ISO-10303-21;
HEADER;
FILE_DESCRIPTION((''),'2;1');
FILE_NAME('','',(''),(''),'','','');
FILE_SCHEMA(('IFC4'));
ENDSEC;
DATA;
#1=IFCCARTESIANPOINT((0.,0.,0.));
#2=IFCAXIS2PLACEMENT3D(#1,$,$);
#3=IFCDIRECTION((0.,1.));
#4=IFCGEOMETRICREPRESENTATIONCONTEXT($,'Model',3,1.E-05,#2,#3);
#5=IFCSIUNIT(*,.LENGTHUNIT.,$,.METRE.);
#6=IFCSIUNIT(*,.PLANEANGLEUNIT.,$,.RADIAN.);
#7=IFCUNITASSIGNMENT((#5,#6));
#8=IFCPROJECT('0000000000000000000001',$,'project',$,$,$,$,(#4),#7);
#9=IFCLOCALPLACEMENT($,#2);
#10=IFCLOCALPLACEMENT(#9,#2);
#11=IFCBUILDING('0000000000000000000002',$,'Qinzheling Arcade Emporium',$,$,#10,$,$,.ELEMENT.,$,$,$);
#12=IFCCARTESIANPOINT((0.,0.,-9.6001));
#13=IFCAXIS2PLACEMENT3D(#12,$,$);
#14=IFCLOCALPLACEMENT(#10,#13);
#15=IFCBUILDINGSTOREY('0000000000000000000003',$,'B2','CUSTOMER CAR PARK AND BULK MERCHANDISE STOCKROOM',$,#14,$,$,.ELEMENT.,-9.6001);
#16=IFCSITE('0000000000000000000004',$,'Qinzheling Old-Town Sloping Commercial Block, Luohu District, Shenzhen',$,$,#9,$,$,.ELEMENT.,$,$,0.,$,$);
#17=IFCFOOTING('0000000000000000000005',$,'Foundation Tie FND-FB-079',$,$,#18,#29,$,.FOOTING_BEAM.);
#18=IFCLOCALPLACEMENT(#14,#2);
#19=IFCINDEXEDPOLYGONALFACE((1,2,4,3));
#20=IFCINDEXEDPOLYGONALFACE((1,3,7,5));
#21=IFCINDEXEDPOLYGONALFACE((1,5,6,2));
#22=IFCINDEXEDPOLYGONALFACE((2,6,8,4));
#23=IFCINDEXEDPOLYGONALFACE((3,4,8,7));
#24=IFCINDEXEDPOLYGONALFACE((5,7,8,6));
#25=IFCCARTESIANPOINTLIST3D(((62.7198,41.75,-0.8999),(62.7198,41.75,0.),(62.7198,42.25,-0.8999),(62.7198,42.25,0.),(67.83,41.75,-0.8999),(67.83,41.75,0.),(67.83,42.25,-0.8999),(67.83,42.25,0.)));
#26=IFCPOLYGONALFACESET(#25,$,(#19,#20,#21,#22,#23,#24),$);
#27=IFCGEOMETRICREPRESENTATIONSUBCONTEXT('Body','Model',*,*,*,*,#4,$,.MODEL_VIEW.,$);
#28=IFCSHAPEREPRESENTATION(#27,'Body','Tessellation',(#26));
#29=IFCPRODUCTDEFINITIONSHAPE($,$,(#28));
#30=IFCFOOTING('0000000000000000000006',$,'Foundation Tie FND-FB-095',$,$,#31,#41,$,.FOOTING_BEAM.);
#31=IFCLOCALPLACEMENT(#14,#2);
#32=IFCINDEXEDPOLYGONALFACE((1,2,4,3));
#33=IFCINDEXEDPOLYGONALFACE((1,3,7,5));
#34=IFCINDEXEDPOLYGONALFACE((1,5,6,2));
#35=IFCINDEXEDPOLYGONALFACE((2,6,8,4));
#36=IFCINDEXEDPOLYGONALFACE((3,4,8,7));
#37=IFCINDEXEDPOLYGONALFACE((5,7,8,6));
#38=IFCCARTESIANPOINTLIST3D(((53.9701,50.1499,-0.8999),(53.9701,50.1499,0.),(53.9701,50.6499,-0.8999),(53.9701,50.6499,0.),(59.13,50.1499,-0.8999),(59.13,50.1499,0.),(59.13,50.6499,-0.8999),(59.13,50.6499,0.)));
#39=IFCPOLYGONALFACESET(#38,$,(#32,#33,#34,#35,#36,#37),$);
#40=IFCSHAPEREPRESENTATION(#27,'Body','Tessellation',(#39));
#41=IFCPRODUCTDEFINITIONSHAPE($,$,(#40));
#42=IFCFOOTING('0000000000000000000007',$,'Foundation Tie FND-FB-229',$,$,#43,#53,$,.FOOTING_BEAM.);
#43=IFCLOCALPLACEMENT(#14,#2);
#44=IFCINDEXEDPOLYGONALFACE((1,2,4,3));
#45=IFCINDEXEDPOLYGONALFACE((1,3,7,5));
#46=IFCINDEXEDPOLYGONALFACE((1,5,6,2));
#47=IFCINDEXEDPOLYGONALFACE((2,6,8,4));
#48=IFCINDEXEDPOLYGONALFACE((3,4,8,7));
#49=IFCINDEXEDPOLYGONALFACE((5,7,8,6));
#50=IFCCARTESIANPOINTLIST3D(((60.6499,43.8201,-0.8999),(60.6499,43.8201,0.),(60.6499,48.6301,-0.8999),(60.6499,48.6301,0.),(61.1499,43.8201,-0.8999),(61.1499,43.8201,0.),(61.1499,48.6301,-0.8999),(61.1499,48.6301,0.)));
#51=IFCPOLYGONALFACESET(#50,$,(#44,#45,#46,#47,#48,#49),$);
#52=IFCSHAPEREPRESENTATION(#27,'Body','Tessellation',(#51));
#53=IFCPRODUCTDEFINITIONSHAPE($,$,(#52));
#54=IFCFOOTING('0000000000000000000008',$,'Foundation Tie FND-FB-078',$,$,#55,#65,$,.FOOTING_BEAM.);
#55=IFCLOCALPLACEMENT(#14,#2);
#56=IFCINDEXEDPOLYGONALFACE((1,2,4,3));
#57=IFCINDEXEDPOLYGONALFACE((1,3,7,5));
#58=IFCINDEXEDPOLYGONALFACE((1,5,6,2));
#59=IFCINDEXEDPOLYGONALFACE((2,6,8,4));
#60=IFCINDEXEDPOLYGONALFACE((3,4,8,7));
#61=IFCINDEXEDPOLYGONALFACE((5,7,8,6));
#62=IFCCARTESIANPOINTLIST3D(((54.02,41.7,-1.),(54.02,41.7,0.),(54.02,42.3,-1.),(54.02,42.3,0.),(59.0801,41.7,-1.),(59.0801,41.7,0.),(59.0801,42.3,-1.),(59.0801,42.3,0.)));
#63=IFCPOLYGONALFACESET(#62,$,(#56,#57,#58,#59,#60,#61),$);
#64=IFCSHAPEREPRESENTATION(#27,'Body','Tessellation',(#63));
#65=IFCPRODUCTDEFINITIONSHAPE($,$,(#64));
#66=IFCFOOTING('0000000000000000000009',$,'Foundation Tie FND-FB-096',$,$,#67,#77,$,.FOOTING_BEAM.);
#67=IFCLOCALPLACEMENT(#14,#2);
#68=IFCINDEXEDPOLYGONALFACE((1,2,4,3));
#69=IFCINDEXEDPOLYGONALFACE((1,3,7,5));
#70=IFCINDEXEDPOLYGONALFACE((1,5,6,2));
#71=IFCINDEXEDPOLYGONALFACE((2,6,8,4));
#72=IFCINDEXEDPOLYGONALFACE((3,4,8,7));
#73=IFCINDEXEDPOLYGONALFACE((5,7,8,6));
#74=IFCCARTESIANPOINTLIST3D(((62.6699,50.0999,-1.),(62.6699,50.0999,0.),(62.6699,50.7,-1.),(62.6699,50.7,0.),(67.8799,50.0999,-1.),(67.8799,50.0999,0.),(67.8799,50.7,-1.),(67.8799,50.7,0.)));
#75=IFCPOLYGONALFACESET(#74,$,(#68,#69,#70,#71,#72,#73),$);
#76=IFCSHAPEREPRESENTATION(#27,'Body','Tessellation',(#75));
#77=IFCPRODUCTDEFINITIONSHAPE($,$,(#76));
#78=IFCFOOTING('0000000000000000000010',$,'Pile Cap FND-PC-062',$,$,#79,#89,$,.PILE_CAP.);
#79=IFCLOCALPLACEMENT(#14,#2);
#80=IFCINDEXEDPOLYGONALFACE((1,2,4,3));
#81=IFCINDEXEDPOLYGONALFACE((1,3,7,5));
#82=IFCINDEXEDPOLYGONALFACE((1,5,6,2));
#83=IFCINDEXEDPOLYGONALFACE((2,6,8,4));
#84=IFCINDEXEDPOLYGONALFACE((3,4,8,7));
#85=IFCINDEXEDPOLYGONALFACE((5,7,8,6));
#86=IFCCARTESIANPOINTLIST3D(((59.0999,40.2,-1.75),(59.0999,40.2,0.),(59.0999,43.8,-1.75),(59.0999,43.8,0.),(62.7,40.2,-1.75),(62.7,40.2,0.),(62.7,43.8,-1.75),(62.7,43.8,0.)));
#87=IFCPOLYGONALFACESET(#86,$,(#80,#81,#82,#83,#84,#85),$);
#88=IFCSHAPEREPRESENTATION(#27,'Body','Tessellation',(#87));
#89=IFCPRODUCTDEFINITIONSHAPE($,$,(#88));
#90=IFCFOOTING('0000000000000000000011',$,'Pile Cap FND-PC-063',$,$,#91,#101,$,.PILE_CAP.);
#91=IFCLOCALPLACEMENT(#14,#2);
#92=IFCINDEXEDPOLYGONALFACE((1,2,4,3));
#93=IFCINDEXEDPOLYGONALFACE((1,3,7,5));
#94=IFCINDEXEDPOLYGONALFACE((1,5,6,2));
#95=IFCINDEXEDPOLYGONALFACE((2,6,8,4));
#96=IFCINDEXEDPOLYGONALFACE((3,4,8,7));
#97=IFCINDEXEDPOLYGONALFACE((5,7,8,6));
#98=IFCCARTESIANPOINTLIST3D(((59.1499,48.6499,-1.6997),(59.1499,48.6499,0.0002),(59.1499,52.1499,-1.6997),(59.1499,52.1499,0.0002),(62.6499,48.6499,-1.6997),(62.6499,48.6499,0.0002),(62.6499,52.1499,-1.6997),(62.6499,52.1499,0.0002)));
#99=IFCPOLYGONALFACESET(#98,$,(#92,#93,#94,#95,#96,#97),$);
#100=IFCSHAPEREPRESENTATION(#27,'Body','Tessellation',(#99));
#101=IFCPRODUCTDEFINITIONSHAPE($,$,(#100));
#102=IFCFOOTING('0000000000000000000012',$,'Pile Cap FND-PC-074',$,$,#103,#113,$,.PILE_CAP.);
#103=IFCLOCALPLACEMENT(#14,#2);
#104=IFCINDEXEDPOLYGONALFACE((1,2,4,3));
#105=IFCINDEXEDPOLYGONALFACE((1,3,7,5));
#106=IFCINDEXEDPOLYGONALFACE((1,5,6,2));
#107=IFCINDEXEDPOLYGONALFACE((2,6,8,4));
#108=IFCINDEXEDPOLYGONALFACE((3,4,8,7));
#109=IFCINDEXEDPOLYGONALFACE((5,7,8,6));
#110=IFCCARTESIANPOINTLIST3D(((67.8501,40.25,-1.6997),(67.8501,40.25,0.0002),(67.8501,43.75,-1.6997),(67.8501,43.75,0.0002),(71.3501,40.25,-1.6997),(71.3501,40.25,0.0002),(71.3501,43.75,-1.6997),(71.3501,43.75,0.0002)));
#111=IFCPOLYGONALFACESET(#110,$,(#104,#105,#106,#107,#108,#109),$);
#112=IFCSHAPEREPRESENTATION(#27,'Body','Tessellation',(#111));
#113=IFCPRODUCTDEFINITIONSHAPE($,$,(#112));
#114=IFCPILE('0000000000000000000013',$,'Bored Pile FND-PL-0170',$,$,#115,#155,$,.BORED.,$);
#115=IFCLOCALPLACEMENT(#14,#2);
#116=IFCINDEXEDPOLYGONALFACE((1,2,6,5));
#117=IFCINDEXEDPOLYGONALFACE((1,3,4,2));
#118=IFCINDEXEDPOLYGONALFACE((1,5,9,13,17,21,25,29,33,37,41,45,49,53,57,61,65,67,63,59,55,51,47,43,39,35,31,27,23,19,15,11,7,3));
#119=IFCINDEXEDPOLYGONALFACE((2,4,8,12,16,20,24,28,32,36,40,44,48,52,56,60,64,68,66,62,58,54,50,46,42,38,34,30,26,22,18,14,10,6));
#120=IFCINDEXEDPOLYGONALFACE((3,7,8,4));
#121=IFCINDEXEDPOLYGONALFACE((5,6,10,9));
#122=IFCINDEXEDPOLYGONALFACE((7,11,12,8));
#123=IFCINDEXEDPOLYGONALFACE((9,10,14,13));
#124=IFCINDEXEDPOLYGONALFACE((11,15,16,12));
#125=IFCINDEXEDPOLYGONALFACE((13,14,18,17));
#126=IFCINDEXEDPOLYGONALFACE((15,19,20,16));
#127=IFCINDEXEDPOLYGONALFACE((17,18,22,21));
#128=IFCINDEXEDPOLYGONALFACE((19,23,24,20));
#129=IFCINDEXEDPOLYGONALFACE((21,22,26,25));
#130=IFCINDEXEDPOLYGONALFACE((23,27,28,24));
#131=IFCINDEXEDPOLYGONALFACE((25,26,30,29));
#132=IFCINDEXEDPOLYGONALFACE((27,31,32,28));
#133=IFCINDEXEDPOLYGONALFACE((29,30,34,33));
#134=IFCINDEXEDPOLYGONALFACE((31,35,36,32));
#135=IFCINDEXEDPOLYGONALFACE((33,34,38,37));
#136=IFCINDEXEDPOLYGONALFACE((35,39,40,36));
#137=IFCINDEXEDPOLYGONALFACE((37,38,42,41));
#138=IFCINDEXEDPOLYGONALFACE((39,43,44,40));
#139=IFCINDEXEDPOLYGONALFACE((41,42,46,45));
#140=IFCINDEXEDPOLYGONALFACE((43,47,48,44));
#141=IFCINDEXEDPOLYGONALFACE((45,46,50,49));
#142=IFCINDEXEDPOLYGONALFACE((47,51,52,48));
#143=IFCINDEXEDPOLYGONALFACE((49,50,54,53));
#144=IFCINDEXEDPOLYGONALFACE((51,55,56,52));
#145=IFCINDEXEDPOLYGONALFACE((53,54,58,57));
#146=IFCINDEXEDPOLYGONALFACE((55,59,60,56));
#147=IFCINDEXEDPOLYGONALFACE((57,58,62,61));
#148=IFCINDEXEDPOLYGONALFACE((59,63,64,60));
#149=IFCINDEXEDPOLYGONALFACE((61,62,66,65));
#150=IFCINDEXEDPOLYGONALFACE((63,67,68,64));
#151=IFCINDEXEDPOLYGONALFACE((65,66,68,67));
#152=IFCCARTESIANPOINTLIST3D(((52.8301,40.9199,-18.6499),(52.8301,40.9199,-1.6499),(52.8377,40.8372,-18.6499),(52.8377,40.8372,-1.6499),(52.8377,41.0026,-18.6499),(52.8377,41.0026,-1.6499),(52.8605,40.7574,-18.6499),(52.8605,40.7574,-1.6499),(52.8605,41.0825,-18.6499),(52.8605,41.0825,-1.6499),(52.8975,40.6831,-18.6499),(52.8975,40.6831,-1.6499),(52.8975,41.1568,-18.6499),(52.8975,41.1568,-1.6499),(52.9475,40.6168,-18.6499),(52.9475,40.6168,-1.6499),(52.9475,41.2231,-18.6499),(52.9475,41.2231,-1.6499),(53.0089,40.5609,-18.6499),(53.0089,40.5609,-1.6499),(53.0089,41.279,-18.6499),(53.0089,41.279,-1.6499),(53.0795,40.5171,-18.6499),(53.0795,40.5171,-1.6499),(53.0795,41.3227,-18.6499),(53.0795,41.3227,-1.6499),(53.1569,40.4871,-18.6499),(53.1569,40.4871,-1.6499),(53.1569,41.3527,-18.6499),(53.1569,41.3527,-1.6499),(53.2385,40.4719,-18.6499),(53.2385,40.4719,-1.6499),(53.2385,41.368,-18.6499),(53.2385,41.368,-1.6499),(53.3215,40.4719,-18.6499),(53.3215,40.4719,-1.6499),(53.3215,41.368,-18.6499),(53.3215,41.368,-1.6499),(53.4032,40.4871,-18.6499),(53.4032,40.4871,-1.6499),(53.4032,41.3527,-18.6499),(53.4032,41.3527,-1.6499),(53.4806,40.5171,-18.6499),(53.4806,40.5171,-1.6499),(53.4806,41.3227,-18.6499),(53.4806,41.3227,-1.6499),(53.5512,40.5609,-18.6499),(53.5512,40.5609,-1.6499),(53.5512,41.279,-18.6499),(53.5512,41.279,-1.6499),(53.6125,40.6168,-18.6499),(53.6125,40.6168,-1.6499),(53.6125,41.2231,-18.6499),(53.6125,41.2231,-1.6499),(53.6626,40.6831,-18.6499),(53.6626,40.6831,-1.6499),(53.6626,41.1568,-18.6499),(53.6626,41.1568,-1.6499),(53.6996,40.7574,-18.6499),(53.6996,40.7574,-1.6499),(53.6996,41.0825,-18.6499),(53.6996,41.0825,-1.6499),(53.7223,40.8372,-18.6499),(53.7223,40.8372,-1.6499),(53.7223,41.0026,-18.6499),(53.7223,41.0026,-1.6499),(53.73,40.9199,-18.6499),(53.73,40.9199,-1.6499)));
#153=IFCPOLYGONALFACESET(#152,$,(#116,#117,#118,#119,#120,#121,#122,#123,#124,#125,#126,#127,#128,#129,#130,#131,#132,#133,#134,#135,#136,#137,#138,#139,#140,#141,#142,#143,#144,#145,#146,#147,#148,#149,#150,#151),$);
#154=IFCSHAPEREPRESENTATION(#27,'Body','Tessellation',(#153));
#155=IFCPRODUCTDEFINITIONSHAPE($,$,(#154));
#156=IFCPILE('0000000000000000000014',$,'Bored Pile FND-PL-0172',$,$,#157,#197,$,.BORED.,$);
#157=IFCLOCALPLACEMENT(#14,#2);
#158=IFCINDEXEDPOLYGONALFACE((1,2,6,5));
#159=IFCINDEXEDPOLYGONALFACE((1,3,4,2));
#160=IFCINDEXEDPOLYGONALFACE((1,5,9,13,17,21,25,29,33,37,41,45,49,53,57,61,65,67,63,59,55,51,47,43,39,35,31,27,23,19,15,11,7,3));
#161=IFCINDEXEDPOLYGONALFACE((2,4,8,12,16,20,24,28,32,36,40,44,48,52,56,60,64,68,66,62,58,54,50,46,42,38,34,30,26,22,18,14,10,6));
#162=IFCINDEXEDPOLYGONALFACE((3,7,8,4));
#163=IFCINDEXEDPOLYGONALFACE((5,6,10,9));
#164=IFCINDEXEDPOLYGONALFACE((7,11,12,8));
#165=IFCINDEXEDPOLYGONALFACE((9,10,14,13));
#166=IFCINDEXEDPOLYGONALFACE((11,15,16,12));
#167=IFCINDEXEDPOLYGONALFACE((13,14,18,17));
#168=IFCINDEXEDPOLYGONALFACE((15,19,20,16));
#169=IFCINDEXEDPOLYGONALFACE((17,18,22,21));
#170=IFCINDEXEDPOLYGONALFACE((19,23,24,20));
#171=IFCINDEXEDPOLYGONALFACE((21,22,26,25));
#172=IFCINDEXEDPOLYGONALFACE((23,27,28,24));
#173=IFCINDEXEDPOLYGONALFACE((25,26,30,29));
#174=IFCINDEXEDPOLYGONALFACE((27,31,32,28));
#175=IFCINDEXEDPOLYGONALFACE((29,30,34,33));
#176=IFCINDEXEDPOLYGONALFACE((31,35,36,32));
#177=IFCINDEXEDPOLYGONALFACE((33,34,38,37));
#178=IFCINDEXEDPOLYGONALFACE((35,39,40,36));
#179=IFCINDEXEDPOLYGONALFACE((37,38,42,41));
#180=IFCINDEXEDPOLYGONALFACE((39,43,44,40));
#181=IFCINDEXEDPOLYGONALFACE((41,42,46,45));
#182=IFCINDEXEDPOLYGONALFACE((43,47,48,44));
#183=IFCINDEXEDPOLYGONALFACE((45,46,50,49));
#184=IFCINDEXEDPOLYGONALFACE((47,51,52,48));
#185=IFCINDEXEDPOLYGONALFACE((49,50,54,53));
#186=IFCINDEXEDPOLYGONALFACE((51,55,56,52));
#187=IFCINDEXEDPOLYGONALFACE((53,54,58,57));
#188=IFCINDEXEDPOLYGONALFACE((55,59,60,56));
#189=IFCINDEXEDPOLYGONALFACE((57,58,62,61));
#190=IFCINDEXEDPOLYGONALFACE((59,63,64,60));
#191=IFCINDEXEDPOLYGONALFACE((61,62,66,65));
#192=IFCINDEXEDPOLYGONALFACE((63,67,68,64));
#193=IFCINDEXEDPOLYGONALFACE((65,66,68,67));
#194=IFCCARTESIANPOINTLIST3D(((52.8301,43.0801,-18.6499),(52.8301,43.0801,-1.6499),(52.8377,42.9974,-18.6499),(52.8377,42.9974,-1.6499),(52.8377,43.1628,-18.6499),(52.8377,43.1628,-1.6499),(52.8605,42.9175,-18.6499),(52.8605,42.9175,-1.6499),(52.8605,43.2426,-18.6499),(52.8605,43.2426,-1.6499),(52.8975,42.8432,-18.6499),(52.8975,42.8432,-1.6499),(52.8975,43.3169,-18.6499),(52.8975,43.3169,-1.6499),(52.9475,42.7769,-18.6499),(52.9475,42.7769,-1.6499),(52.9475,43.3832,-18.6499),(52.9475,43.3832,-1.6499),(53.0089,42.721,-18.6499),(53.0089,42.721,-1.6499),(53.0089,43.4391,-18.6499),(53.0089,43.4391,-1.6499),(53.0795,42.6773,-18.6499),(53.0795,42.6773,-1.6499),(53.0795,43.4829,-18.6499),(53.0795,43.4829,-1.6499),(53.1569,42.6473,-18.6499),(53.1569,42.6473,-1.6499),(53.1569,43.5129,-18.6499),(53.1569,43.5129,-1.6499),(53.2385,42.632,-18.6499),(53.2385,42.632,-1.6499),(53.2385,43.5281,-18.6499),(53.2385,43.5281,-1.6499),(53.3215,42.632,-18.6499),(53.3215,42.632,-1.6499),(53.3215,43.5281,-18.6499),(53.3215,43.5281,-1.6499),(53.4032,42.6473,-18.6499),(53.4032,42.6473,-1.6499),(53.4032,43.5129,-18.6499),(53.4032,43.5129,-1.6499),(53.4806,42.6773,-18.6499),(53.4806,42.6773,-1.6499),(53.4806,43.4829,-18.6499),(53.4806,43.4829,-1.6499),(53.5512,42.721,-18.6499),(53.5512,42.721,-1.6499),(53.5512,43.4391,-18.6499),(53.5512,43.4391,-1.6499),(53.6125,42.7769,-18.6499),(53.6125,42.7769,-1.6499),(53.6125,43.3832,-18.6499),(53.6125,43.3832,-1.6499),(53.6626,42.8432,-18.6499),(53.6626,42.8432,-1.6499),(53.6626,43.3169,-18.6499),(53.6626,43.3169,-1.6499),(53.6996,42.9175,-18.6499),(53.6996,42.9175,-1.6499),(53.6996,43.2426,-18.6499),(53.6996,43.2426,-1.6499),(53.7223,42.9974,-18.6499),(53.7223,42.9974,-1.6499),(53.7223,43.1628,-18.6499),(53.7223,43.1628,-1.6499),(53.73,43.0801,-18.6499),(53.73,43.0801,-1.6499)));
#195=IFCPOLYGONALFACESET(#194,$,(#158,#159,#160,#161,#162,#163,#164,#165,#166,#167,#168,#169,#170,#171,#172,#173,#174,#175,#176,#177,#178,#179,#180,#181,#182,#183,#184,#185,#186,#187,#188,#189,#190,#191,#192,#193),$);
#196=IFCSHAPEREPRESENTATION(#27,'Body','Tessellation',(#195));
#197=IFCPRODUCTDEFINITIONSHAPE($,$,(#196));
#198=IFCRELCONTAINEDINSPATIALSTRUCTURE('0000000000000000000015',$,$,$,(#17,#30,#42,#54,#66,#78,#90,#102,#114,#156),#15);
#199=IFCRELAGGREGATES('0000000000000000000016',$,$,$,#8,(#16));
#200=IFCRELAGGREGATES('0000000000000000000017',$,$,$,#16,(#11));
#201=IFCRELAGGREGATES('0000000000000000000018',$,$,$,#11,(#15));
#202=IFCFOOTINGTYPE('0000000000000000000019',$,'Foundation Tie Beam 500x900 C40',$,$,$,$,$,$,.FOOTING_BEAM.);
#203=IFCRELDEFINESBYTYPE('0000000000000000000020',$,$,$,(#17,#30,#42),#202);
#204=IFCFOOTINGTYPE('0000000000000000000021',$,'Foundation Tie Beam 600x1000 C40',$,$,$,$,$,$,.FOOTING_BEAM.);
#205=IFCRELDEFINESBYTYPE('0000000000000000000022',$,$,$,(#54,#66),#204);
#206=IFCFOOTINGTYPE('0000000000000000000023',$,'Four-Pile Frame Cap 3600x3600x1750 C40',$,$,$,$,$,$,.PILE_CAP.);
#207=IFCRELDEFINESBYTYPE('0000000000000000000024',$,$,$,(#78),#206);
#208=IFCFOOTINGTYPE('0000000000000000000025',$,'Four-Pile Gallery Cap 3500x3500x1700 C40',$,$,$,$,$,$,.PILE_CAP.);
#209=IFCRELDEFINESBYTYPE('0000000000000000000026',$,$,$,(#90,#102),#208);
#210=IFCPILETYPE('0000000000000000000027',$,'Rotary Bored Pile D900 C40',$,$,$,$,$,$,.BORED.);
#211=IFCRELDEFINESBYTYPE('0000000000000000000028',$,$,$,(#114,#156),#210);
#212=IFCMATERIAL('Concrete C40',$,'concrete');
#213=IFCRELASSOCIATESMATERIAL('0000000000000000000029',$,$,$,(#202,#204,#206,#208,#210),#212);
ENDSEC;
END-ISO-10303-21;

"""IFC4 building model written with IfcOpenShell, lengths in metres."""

from ifc_helpers import new_model, si_unit, direction, frame, origin, origin_2d, place, context, subcontext, project, spatial, rectangle, circle, extrude, material, material_profile, profile_set, type_object, element, save


model = new_model("IFC4")

# Units and contexts
model_context = context("Model", 3, precision=1e-05, world=origin(), true_north=direction((0.0, 1.0)))
body_context = subcontext(model_context, "Body", "Model", "MODEL_VIEW")
ifc_project = project(units=[si_unit("LENGTHUNIT", "METRE"), si_unit("PLANEANGLEUNIT", "RADIAN")], contexts=[model_context])

# Site, building, storey
site_placement = place(None, origin())
site = spatial("IfcSite", under=ifc_project, at=site_placement, Name="Qinzheling Old-Town Sloping Commercial Block, Luohu District, Shenzhen", CompositionType="ELEMENT", RefElevation=0.0)
building_placement = place(site_placement, origin())
building = spatial("IfcBuilding", under=site, at=building_placement, Name="Qinzheling Arcade Emporium", CompositionType="ELEMENT")
storey_placement = place(building_placement, frame((0.0, 0.0, -9.6001)))
storey = spatial("IfcBuildingStorey", under=building, at=storey_placement, Name="B2", Description="CUSTOMER CAR PARK AND BULK MERCHANDISE STOCKROOM", CompositionType="ELEMENT", Elevation=-9.6001)

# Footings
ifc_material_1 = material(Name="Concrete C40", Category="concrete")
footing_type_1 = type_object("IfcFootingType", Name="Foundation Tie Beam 500x900 C40", PredefinedType="FOOTING_BEAM", material=ifc_material_1)
footing_1_placement = place(storey_placement, frame((65.2749, 42.0, -0.8999), z_axis=(0.0, 0.0, 1.0), x_axis=(1.0, 0.0, 0.0)))
element("IfcFooting", 1, at=footing_1_placement, inside=storey, type_object=footing_type_1, Name="Foundation Tie FND-FB-079", PredefinedType="FOOTING_BEAM", context=body_context, shape_type="SweptSolid", body=[
    extrude(rectangle(XDim=5.1101, YDim=0.5, at=origin_2d()), origin(), (0.0, 0.0, 1.0), 0.8999),
])
footing_2_placement = place(storey_placement, frame((56.55, 50.3999, -0.8999), z_axis=(0.0, 0.0, 1.0), x_axis=(1.0, 0.0, 0.0)))
element("IfcFooting", 2, at=footing_2_placement, inside=storey, type_object=footing_type_1, Name="Foundation Tie FND-FB-095", PredefinedType="FOOTING_BEAM", context=body_context, shape_type="SweptSolid", body=[
    extrude(rectangle(XDim=5.1599, YDim=0.5, at=origin_2d()), origin(), (0.0, 0.0, 1.0), 0.8999),
])
footing_3_placement = place(storey_placement, frame((60.8999, 46.2251, -0.8999), z_axis=(0.0, 0.0, 1.0), x_axis=(1.0, 0.0, 0.0)))
element("IfcFooting", 3, at=footing_3_placement, inside=storey, type_object=footing_type_1, Name="Foundation Tie FND-FB-229", PredefinedType="FOOTING_BEAM", context=body_context, shape_type="SweptSolid", body=[
    extrude(rectangle(XDim=0.5, YDim=4.8101, at=origin_2d()), origin(), (0.0, 0.0, 1.0), 0.8999),
])
footing_type_2 = type_object("IfcFootingType", Name="Foundation Tie Beam 600x1000 C40", PredefinedType="FOOTING_BEAM", material=ifc_material_1)
footing_4_placement = place(storey_placement, frame((56.55, 42.0, -1.0), z_axis=(0.0, 0.0, 1.0), x_axis=(1.0, 0.0, 0.0)))
element("IfcFooting", 4, at=footing_4_placement, inside=storey, type_object=footing_type_2, Name="Foundation Tie FND-FB-078", PredefinedType="FOOTING_BEAM", context=body_context, shape_type="SweptSolid", body=[
    extrude(rectangle(XDim=5.0601, YDim=0.6001, at=origin_2d()), origin(), (0.0, 0.0, 1.0), 1.0),
])
footing_5_placement = place(storey_placement, frame((65.2749, 50.3999, -1.0), z_axis=(0.0, 0.0, 1.0), x_axis=(1.0, 0.0, 0.0)))
element("IfcFooting", 5, at=footing_5_placement, inside=storey, type_object=footing_type_2, Name="Foundation Tie FND-FB-096", PredefinedType="FOOTING_BEAM", context=body_context, shape_type="SweptSolid", body=[
    extrude(rectangle(XDim=5.21, YDim=0.6001, at=origin_2d()), origin(), (0.0, 0.0, 1.0), 1.0),
])
footing_type_3 = type_object("IfcFootingType", Name="Four-Pile Frame Cap 3600x3600x1750 C40", PredefinedType="PILE_CAP", material=ifc_material_1)
footing_6_placement = place(storey_placement, frame((60.8999, 42.0, -1.75), z_axis=(0.0, 0.0, 1.0), x_axis=(1.0, 0.0, 0.0)))
element("IfcFooting", 6, at=footing_6_placement, inside=storey, type_object=footing_type_3, Name="Pile Cap FND-PC-062", PredefinedType="PILE_CAP", context=body_context, shape_type="SweptSolid", body=[
    extrude(rectangle(XDim=3.6001, YDim=3.6001, at=origin_2d()), origin(), (0.0, 0.0, 1.0), 1.75),
])
footing_type_4 = type_object("IfcFootingType", Name="Four-Pile Gallery Cap 3500x3500x1700 C40", PredefinedType="PILE_CAP", material=ifc_material_1)
for number, where, z_axis, x_axis, name in (
    (7, (60.8999, 50.3999, -1.6997), (0.0, 0.0, 1.0), (1.0, 0.0, 0.0), "Pile Cap FND-PC-063"),
    (8, (69.6001, 42.0, -1.6997), (0.0, 0.0, 1.0), (1.0, 0.0, 0.0), "Pile Cap FND-PC-074"),
):
    element("IfcFooting", number, at=place(storey_placement, frame(where, z_axis=z_axis, x_axis=x_axis)), inside=storey, type_object=footing_type_4, Name=name, PredefinedType="PILE_CAP", context=body_context, shape_type="SweptSolid", body=[
        extrude(rectangle(XDim=3.5, YDim=3.5, at=origin_2d()), origin(), (0.0, 0.0, 1.0), 1.7),
    ])

# Piles
ifc_material_profile_1 = material_profile(ifc_material_1, circle(Radius=0.45, at=origin_2d()), Name="BORED D900", Category="concrete")
ifc_profile_set_1 = profile_set([ifc_material_profile_1], Name="Concrete C40")
pile_type = type_object("IfcPileType", Name="Rotary Bored Pile D900 C40", PredefinedType="BORED", material=ifc_profile_set_1)
for number, where, z_axis, x_axis, name in (
    (9, (53.28, 40.9199, -1.6499), (0.0, 0.0, -1.0), (1.0, 0.0, 0.0), "Bored Pile FND-PL-0170"),
    (10, (53.28, 43.0801, -1.6499), (0.0, 0.0, -1.0), (1.0, 0.0, 0.0), "Bored Pile FND-PL-0172"),
):
    element("IfcPile", number, at=place(storey_placement, frame(where, z_axis=z_axis, x_axis=x_axis)), inside=storey, type_object=pile_type, Name=name, PredefinedType="BORED", context=body_context, shape_type="SweptSolid", body=[
        extrude(circle(Radius=0.45, at=origin_2d()), origin(), (0.0, 0.0, 1.0), 17.0),
    ])

save(model, "model.ifc")
